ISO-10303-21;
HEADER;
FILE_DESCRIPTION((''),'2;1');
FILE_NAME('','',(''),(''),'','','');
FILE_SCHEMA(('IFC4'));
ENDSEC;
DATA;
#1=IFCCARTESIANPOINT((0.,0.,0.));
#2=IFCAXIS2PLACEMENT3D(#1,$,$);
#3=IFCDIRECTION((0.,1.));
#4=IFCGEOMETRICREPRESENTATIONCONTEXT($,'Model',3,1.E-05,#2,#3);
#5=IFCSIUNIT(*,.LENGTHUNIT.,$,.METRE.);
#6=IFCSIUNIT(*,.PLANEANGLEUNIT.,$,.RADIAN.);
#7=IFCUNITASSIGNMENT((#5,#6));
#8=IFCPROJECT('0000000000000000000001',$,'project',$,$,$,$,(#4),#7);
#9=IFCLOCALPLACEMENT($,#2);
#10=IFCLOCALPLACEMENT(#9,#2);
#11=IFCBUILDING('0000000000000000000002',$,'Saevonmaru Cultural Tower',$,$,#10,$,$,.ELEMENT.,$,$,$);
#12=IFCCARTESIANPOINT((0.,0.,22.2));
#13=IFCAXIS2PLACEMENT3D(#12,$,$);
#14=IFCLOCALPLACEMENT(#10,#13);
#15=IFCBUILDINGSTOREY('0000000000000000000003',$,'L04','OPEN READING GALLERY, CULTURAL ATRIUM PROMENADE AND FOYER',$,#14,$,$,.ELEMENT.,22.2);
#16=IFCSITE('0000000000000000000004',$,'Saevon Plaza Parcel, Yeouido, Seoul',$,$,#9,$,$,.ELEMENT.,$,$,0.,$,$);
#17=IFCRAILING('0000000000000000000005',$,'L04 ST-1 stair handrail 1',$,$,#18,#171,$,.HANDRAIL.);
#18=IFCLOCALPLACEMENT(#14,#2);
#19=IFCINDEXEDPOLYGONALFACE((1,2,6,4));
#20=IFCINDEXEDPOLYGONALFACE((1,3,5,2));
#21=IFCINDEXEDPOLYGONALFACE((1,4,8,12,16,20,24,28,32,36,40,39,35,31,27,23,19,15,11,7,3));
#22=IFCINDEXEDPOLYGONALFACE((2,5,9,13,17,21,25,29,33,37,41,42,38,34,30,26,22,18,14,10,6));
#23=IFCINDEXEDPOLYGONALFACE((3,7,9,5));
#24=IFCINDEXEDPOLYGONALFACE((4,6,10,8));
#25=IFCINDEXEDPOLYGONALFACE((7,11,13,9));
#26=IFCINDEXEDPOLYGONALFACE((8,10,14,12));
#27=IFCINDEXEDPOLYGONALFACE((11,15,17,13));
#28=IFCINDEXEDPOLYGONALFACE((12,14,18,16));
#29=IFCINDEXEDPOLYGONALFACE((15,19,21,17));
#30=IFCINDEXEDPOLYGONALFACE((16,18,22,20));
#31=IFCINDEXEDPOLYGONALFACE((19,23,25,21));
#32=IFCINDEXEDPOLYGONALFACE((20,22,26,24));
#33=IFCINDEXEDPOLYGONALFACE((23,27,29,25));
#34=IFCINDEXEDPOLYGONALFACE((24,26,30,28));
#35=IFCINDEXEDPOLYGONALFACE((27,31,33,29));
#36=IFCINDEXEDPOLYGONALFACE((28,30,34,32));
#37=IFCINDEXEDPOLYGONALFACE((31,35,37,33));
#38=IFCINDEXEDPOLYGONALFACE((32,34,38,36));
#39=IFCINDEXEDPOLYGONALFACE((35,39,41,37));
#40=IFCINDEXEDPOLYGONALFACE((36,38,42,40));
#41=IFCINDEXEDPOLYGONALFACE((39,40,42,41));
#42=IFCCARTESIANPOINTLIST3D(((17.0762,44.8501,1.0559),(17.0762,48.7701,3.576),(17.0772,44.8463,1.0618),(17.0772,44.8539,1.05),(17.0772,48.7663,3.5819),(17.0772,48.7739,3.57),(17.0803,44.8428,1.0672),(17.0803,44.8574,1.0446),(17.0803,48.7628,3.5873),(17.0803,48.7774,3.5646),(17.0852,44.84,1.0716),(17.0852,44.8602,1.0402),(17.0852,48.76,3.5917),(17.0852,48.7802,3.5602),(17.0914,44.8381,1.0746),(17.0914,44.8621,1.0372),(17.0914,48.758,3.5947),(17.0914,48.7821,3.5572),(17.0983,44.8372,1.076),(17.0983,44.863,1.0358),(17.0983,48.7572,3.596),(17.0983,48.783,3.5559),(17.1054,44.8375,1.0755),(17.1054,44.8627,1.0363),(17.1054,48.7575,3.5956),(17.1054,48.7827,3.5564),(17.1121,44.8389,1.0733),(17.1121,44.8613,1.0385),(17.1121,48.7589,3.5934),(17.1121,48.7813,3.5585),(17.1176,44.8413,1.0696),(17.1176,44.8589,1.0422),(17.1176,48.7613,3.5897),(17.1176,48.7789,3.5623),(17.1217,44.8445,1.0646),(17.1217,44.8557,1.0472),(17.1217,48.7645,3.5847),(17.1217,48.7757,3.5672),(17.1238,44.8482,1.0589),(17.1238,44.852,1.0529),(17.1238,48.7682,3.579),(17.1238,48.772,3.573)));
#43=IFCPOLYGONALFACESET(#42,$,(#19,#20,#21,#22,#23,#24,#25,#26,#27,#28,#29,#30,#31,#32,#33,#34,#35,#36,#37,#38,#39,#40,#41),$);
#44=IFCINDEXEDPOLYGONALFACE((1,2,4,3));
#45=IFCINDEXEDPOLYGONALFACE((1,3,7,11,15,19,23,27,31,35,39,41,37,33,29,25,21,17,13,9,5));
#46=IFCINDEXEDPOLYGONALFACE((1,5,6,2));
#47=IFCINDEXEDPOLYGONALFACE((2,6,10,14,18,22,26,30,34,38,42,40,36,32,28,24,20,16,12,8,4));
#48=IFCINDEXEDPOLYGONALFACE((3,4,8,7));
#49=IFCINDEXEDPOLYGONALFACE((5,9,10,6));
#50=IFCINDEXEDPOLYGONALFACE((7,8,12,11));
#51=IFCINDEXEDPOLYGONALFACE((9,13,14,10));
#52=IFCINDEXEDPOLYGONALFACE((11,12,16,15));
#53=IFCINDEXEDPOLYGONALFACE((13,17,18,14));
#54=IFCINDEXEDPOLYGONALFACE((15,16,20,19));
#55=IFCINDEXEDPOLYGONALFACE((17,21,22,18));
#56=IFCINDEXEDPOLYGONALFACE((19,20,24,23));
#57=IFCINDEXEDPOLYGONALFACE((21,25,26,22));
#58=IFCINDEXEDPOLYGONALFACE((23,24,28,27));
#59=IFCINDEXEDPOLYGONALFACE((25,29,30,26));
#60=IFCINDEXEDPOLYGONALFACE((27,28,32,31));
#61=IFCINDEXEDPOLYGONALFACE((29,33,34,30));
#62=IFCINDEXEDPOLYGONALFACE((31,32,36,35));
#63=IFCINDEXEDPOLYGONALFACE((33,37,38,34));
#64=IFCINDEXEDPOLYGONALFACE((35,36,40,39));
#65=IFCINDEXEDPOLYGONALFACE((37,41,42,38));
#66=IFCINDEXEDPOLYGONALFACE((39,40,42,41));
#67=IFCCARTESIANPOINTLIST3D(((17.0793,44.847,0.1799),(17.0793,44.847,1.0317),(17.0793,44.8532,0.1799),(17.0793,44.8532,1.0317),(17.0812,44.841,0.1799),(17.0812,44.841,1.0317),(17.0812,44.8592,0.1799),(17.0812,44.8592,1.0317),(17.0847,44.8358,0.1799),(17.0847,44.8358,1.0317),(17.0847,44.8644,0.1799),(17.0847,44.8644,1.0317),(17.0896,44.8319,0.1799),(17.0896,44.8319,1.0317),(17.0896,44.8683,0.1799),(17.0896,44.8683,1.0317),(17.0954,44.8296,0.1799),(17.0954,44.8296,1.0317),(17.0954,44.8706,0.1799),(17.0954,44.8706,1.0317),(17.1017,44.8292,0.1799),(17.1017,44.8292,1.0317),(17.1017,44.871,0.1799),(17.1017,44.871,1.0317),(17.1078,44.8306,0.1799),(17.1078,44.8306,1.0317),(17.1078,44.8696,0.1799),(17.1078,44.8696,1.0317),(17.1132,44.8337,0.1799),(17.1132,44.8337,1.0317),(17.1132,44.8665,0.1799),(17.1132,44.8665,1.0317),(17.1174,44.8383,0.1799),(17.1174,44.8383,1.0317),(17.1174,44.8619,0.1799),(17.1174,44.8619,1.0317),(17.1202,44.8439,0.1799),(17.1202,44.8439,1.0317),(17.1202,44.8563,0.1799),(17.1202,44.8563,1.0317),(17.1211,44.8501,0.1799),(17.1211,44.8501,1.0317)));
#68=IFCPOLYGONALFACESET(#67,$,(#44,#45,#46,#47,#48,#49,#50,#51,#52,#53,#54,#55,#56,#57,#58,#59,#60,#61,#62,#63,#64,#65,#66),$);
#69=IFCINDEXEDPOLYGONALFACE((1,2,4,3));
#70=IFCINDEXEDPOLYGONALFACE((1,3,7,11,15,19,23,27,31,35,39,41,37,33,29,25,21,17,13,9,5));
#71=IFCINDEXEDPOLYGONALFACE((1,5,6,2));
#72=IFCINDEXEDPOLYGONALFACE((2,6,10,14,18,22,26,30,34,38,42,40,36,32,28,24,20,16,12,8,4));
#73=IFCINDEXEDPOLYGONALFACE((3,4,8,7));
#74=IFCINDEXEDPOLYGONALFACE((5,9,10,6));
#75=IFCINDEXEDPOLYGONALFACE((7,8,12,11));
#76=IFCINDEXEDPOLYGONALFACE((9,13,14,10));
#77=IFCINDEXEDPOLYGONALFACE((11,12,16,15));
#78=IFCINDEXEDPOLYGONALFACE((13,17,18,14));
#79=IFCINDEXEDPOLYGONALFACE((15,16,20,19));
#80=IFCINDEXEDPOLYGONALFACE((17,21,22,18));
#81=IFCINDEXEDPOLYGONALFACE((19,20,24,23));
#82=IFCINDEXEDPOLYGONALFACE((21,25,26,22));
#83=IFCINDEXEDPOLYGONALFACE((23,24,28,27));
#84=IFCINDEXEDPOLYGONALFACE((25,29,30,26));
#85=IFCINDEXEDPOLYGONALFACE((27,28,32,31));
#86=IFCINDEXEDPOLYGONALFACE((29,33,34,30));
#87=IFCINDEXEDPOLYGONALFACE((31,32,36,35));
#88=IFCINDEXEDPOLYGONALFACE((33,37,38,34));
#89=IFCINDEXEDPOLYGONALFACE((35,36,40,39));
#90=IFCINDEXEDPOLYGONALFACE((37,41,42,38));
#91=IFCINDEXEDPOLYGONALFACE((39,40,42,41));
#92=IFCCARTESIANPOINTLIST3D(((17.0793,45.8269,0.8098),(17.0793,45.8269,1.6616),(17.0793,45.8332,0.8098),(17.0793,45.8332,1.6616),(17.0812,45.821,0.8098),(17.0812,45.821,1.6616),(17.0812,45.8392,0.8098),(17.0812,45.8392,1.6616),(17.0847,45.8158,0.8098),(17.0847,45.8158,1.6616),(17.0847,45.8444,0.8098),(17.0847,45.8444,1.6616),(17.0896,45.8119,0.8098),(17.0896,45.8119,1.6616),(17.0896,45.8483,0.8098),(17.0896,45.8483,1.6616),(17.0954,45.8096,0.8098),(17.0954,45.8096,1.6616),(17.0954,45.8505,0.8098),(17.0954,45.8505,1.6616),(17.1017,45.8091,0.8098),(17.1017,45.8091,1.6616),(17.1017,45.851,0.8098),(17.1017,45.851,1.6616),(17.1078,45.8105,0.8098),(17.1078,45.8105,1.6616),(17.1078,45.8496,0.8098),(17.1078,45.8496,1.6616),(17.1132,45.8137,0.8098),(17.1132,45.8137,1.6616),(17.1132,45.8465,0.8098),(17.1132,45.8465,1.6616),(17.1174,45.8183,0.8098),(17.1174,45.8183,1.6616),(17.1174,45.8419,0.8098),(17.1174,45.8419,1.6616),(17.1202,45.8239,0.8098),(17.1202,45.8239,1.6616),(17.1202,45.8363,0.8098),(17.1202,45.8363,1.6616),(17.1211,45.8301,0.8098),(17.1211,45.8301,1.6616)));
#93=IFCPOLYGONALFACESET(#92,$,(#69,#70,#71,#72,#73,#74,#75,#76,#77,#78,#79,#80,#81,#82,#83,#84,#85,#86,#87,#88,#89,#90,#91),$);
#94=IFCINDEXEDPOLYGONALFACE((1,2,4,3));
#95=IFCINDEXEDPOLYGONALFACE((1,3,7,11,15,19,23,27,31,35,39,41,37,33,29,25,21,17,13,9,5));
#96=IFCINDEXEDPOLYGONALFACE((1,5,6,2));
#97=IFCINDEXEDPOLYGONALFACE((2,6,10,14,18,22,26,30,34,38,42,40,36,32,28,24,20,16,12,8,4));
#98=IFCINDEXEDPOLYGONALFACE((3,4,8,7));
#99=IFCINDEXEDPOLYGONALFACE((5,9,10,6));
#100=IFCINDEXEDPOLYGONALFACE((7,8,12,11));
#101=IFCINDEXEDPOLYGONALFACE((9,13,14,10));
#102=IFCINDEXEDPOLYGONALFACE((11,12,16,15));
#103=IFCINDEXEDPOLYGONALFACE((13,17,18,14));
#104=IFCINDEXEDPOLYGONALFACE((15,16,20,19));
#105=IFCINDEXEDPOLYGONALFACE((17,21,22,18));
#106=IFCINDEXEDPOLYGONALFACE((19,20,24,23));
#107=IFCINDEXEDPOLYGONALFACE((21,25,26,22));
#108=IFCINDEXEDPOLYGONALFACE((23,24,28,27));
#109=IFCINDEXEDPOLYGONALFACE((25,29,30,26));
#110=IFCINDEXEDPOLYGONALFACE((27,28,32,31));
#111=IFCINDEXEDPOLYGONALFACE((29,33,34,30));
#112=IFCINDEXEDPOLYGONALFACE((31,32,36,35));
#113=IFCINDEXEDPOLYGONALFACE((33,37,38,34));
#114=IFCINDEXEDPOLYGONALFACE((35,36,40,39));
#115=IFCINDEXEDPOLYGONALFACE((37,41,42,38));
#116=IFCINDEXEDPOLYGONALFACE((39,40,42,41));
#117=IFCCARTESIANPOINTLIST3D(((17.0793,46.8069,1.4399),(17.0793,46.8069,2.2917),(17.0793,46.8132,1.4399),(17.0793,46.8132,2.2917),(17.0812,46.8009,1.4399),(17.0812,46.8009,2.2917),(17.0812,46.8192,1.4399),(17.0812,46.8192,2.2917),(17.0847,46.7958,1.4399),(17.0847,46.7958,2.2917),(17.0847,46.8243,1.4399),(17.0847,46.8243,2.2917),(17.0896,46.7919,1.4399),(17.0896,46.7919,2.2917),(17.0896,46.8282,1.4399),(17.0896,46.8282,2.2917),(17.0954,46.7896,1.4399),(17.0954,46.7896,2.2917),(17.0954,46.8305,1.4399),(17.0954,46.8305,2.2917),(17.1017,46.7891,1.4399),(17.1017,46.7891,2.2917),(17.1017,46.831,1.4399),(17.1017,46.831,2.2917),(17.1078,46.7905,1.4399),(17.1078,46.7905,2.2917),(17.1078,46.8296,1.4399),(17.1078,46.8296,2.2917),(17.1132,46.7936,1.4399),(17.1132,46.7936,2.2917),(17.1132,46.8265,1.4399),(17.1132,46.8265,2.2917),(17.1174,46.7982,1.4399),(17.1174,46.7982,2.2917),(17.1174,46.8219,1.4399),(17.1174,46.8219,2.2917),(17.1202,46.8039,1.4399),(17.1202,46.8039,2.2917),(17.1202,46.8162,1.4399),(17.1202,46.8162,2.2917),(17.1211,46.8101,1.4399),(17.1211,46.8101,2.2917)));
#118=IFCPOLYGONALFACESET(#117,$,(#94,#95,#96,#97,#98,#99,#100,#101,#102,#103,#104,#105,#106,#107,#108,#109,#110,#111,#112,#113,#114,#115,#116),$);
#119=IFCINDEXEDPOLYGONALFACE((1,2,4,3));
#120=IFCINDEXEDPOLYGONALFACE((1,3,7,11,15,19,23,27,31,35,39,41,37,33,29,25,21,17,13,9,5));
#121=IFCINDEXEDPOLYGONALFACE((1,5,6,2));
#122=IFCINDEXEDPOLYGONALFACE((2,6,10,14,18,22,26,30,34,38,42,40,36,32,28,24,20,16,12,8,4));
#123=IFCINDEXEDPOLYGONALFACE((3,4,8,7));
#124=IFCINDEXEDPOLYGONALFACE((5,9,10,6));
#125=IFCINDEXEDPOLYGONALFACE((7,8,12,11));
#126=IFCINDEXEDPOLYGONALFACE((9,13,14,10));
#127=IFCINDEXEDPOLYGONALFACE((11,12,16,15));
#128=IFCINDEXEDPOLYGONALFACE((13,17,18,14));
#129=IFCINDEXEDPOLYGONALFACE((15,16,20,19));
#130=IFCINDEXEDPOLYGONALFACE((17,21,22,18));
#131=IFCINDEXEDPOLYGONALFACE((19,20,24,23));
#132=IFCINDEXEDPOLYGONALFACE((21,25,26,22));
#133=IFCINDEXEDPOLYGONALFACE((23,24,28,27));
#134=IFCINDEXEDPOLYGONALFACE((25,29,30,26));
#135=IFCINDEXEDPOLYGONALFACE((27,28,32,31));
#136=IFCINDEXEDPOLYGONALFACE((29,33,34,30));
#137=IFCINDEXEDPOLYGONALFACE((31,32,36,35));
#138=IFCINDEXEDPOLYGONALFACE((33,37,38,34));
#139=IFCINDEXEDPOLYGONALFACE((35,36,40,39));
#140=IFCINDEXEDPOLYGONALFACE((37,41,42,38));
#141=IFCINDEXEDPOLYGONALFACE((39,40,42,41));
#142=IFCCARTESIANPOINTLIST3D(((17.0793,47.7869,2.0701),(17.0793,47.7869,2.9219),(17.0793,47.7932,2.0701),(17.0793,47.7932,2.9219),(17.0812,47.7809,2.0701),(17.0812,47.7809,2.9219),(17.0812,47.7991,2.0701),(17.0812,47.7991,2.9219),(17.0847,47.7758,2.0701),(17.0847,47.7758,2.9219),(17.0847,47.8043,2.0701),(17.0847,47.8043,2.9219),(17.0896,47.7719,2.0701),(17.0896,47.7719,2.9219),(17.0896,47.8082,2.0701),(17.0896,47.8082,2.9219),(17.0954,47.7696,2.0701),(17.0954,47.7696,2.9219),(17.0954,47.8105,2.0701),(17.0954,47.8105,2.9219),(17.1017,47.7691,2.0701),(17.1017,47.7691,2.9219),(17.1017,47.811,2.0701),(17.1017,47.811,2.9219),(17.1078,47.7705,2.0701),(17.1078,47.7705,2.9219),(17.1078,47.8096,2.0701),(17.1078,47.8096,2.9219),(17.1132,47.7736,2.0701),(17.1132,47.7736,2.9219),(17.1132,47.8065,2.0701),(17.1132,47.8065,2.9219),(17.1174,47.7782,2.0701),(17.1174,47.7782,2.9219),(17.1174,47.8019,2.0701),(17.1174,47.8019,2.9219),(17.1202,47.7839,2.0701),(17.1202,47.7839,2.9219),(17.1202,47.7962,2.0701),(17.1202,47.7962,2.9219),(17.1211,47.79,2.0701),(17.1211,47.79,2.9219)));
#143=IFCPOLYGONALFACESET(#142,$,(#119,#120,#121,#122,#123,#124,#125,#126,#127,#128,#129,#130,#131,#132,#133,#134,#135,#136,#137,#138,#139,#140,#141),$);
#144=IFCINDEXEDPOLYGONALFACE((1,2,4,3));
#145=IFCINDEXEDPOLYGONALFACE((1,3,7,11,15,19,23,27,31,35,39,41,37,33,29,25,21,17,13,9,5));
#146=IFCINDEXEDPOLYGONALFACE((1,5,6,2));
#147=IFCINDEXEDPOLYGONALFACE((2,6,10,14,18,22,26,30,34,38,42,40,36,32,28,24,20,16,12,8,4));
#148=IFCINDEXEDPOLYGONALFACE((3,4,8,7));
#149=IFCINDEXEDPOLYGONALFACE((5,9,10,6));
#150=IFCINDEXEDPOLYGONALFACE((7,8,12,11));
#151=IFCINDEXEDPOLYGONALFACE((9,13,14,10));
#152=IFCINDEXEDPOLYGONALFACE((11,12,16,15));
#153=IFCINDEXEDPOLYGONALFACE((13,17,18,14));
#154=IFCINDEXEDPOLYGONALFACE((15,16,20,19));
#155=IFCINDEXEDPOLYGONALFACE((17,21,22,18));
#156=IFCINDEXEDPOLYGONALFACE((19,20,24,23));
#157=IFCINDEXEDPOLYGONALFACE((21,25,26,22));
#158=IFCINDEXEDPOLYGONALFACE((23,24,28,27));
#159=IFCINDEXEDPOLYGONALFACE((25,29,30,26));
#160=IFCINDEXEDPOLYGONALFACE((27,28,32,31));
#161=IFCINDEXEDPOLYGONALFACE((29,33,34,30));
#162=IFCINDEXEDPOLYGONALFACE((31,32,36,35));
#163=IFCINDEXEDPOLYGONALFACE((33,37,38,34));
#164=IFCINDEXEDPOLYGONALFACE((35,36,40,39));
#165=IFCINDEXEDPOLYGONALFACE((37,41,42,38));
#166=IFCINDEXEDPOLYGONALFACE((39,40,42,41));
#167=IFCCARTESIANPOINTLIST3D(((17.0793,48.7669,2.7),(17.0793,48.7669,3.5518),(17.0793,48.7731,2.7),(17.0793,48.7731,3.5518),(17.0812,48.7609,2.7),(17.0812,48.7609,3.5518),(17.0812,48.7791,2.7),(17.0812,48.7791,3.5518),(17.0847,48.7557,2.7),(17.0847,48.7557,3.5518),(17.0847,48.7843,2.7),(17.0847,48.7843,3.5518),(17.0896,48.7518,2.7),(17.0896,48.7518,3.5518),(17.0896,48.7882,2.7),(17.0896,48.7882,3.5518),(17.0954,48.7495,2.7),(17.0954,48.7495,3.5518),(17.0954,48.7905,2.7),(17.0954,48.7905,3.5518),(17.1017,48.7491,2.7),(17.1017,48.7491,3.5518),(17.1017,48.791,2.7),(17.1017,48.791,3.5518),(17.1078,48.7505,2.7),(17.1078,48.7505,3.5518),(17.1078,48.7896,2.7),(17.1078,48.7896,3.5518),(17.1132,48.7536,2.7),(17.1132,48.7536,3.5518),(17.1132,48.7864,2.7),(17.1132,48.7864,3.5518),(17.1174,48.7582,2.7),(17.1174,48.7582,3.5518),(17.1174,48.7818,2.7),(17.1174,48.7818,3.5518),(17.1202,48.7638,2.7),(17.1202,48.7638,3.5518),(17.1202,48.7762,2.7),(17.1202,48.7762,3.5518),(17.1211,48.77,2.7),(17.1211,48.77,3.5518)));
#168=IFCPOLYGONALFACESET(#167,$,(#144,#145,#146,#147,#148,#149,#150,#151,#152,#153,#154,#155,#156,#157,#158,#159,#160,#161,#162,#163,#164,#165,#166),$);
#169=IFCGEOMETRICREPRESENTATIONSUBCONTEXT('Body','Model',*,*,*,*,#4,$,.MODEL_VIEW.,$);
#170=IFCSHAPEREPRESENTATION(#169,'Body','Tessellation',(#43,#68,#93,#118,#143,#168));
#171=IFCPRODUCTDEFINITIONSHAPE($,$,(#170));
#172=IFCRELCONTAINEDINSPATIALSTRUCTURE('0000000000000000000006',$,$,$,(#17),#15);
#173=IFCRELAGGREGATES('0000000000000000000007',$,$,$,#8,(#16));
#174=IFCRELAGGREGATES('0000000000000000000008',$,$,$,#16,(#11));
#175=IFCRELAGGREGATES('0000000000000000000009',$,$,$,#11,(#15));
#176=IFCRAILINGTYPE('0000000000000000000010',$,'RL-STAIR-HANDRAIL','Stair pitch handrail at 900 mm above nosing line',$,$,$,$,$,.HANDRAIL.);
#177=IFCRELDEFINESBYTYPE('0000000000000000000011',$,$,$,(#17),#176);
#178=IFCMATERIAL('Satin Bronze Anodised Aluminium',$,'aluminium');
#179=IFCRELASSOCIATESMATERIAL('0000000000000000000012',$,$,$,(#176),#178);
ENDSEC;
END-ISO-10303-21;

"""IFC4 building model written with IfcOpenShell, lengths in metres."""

from ifc_helpers import new_model, si_unit, direction, frame, origin, origin_2d, place, context, subcontext, project, spatial, circle, extrude, material, type_object, element, save


model = new_model("IFC4")

# Units and contexts
model_context = context("Model", 3, precision=1e-05, world=origin(), true_north=direction((0.0, 1.0)))
body_context = subcontext(model_context, "Body", "Model", "MODEL_VIEW")
ifc_project = project(units=[si_unit("LENGTHUNIT", "METRE"), si_unit("PLANEANGLEUNIT", "RADIAN")], contexts=[model_context])

# Site, building, storey
site_placement = place(None, origin())
site = spatial("IfcSite", under=ifc_project, at=site_placement, Name="Saevon Plaza Parcel, Yeouido, Seoul", CompositionType="ELEMENT", RefElevation=0.0)
building_placement = place(site_placement, origin())
building = spatial("IfcBuilding", under=site, at=building_placement, Name="Saevonmaru Cultural Tower", CompositionType="ELEMENT")
storey_placement = place(building_placement, frame((0.0, 0.0, 22.2)))
storey = spatial("IfcBuildingStorey", under=building, at=storey_placement, Name="L04", Description="OPEN READING GALLERY, CULTURAL ATRIUM PROMENADE AND FOYER", CompositionType="ELEMENT", Elevation=22.2)

# Shared definitions
ifc_material_1 = material(Name="Satin Bronze Anodised Aluminium", Category="aluminium")

# Railing
railing_type_1 = type_object("IfcRailingType", Name="RL-STAIR-HANDRAIL", Description="Stair pitch handrail at 900 mm above nosing line", PredefinedType="HANDRAIL", material=ifc_material_1)
railing_1_placement = place(storey_placement, frame((17.1001, 44.8501, 0.1799)))
element("IfcRailing", 1, at=railing_1_placement, inside=storey, type_object=railing_type_1, Name="L04 ST-1 stair handrail 1", PredefinedType="HANDRAIL", context=body_context, shape_type="SweptSolid", body=[
    extrude(circle(Radius=0.0239, at=origin_2d()), frame((0.0, 0.0, 0.876), z_axis=(0.0, 0.841172, 0.540768), x_axis=(-1.0, 0.0, 0.0)), (0.0, 0.0, 1.0), 4.6602),
    extrude(circle(Radius=0.021, at=origin_2d()), origin(), (0.0, 0.0, 1.0), 0.8518),
    extrude(circle(Radius=0.021, at=origin_2d()), frame((0.0, 0.98, 0.6299)), (0.0, 0.0, 1.0), 0.8518),
    extrude(circle(Radius=0.021, at=origin_2d()), frame((0.0, 1.96, 1.26)), (0.0, 0.0, 1.0), 0.8518),
    extrude(circle(Radius=0.021, at=origin_2d()), frame((0.0, 2.9399, 1.8901)), (0.0, 0.0, 1.0), 0.8518),
    extrude(circle(Radius=0.021, at=origin_2d()), frame((0.0, 3.9199, 2.52)), (0.0, 0.0, 1.0), 0.8518),
])

save(model, "model.ifc")
